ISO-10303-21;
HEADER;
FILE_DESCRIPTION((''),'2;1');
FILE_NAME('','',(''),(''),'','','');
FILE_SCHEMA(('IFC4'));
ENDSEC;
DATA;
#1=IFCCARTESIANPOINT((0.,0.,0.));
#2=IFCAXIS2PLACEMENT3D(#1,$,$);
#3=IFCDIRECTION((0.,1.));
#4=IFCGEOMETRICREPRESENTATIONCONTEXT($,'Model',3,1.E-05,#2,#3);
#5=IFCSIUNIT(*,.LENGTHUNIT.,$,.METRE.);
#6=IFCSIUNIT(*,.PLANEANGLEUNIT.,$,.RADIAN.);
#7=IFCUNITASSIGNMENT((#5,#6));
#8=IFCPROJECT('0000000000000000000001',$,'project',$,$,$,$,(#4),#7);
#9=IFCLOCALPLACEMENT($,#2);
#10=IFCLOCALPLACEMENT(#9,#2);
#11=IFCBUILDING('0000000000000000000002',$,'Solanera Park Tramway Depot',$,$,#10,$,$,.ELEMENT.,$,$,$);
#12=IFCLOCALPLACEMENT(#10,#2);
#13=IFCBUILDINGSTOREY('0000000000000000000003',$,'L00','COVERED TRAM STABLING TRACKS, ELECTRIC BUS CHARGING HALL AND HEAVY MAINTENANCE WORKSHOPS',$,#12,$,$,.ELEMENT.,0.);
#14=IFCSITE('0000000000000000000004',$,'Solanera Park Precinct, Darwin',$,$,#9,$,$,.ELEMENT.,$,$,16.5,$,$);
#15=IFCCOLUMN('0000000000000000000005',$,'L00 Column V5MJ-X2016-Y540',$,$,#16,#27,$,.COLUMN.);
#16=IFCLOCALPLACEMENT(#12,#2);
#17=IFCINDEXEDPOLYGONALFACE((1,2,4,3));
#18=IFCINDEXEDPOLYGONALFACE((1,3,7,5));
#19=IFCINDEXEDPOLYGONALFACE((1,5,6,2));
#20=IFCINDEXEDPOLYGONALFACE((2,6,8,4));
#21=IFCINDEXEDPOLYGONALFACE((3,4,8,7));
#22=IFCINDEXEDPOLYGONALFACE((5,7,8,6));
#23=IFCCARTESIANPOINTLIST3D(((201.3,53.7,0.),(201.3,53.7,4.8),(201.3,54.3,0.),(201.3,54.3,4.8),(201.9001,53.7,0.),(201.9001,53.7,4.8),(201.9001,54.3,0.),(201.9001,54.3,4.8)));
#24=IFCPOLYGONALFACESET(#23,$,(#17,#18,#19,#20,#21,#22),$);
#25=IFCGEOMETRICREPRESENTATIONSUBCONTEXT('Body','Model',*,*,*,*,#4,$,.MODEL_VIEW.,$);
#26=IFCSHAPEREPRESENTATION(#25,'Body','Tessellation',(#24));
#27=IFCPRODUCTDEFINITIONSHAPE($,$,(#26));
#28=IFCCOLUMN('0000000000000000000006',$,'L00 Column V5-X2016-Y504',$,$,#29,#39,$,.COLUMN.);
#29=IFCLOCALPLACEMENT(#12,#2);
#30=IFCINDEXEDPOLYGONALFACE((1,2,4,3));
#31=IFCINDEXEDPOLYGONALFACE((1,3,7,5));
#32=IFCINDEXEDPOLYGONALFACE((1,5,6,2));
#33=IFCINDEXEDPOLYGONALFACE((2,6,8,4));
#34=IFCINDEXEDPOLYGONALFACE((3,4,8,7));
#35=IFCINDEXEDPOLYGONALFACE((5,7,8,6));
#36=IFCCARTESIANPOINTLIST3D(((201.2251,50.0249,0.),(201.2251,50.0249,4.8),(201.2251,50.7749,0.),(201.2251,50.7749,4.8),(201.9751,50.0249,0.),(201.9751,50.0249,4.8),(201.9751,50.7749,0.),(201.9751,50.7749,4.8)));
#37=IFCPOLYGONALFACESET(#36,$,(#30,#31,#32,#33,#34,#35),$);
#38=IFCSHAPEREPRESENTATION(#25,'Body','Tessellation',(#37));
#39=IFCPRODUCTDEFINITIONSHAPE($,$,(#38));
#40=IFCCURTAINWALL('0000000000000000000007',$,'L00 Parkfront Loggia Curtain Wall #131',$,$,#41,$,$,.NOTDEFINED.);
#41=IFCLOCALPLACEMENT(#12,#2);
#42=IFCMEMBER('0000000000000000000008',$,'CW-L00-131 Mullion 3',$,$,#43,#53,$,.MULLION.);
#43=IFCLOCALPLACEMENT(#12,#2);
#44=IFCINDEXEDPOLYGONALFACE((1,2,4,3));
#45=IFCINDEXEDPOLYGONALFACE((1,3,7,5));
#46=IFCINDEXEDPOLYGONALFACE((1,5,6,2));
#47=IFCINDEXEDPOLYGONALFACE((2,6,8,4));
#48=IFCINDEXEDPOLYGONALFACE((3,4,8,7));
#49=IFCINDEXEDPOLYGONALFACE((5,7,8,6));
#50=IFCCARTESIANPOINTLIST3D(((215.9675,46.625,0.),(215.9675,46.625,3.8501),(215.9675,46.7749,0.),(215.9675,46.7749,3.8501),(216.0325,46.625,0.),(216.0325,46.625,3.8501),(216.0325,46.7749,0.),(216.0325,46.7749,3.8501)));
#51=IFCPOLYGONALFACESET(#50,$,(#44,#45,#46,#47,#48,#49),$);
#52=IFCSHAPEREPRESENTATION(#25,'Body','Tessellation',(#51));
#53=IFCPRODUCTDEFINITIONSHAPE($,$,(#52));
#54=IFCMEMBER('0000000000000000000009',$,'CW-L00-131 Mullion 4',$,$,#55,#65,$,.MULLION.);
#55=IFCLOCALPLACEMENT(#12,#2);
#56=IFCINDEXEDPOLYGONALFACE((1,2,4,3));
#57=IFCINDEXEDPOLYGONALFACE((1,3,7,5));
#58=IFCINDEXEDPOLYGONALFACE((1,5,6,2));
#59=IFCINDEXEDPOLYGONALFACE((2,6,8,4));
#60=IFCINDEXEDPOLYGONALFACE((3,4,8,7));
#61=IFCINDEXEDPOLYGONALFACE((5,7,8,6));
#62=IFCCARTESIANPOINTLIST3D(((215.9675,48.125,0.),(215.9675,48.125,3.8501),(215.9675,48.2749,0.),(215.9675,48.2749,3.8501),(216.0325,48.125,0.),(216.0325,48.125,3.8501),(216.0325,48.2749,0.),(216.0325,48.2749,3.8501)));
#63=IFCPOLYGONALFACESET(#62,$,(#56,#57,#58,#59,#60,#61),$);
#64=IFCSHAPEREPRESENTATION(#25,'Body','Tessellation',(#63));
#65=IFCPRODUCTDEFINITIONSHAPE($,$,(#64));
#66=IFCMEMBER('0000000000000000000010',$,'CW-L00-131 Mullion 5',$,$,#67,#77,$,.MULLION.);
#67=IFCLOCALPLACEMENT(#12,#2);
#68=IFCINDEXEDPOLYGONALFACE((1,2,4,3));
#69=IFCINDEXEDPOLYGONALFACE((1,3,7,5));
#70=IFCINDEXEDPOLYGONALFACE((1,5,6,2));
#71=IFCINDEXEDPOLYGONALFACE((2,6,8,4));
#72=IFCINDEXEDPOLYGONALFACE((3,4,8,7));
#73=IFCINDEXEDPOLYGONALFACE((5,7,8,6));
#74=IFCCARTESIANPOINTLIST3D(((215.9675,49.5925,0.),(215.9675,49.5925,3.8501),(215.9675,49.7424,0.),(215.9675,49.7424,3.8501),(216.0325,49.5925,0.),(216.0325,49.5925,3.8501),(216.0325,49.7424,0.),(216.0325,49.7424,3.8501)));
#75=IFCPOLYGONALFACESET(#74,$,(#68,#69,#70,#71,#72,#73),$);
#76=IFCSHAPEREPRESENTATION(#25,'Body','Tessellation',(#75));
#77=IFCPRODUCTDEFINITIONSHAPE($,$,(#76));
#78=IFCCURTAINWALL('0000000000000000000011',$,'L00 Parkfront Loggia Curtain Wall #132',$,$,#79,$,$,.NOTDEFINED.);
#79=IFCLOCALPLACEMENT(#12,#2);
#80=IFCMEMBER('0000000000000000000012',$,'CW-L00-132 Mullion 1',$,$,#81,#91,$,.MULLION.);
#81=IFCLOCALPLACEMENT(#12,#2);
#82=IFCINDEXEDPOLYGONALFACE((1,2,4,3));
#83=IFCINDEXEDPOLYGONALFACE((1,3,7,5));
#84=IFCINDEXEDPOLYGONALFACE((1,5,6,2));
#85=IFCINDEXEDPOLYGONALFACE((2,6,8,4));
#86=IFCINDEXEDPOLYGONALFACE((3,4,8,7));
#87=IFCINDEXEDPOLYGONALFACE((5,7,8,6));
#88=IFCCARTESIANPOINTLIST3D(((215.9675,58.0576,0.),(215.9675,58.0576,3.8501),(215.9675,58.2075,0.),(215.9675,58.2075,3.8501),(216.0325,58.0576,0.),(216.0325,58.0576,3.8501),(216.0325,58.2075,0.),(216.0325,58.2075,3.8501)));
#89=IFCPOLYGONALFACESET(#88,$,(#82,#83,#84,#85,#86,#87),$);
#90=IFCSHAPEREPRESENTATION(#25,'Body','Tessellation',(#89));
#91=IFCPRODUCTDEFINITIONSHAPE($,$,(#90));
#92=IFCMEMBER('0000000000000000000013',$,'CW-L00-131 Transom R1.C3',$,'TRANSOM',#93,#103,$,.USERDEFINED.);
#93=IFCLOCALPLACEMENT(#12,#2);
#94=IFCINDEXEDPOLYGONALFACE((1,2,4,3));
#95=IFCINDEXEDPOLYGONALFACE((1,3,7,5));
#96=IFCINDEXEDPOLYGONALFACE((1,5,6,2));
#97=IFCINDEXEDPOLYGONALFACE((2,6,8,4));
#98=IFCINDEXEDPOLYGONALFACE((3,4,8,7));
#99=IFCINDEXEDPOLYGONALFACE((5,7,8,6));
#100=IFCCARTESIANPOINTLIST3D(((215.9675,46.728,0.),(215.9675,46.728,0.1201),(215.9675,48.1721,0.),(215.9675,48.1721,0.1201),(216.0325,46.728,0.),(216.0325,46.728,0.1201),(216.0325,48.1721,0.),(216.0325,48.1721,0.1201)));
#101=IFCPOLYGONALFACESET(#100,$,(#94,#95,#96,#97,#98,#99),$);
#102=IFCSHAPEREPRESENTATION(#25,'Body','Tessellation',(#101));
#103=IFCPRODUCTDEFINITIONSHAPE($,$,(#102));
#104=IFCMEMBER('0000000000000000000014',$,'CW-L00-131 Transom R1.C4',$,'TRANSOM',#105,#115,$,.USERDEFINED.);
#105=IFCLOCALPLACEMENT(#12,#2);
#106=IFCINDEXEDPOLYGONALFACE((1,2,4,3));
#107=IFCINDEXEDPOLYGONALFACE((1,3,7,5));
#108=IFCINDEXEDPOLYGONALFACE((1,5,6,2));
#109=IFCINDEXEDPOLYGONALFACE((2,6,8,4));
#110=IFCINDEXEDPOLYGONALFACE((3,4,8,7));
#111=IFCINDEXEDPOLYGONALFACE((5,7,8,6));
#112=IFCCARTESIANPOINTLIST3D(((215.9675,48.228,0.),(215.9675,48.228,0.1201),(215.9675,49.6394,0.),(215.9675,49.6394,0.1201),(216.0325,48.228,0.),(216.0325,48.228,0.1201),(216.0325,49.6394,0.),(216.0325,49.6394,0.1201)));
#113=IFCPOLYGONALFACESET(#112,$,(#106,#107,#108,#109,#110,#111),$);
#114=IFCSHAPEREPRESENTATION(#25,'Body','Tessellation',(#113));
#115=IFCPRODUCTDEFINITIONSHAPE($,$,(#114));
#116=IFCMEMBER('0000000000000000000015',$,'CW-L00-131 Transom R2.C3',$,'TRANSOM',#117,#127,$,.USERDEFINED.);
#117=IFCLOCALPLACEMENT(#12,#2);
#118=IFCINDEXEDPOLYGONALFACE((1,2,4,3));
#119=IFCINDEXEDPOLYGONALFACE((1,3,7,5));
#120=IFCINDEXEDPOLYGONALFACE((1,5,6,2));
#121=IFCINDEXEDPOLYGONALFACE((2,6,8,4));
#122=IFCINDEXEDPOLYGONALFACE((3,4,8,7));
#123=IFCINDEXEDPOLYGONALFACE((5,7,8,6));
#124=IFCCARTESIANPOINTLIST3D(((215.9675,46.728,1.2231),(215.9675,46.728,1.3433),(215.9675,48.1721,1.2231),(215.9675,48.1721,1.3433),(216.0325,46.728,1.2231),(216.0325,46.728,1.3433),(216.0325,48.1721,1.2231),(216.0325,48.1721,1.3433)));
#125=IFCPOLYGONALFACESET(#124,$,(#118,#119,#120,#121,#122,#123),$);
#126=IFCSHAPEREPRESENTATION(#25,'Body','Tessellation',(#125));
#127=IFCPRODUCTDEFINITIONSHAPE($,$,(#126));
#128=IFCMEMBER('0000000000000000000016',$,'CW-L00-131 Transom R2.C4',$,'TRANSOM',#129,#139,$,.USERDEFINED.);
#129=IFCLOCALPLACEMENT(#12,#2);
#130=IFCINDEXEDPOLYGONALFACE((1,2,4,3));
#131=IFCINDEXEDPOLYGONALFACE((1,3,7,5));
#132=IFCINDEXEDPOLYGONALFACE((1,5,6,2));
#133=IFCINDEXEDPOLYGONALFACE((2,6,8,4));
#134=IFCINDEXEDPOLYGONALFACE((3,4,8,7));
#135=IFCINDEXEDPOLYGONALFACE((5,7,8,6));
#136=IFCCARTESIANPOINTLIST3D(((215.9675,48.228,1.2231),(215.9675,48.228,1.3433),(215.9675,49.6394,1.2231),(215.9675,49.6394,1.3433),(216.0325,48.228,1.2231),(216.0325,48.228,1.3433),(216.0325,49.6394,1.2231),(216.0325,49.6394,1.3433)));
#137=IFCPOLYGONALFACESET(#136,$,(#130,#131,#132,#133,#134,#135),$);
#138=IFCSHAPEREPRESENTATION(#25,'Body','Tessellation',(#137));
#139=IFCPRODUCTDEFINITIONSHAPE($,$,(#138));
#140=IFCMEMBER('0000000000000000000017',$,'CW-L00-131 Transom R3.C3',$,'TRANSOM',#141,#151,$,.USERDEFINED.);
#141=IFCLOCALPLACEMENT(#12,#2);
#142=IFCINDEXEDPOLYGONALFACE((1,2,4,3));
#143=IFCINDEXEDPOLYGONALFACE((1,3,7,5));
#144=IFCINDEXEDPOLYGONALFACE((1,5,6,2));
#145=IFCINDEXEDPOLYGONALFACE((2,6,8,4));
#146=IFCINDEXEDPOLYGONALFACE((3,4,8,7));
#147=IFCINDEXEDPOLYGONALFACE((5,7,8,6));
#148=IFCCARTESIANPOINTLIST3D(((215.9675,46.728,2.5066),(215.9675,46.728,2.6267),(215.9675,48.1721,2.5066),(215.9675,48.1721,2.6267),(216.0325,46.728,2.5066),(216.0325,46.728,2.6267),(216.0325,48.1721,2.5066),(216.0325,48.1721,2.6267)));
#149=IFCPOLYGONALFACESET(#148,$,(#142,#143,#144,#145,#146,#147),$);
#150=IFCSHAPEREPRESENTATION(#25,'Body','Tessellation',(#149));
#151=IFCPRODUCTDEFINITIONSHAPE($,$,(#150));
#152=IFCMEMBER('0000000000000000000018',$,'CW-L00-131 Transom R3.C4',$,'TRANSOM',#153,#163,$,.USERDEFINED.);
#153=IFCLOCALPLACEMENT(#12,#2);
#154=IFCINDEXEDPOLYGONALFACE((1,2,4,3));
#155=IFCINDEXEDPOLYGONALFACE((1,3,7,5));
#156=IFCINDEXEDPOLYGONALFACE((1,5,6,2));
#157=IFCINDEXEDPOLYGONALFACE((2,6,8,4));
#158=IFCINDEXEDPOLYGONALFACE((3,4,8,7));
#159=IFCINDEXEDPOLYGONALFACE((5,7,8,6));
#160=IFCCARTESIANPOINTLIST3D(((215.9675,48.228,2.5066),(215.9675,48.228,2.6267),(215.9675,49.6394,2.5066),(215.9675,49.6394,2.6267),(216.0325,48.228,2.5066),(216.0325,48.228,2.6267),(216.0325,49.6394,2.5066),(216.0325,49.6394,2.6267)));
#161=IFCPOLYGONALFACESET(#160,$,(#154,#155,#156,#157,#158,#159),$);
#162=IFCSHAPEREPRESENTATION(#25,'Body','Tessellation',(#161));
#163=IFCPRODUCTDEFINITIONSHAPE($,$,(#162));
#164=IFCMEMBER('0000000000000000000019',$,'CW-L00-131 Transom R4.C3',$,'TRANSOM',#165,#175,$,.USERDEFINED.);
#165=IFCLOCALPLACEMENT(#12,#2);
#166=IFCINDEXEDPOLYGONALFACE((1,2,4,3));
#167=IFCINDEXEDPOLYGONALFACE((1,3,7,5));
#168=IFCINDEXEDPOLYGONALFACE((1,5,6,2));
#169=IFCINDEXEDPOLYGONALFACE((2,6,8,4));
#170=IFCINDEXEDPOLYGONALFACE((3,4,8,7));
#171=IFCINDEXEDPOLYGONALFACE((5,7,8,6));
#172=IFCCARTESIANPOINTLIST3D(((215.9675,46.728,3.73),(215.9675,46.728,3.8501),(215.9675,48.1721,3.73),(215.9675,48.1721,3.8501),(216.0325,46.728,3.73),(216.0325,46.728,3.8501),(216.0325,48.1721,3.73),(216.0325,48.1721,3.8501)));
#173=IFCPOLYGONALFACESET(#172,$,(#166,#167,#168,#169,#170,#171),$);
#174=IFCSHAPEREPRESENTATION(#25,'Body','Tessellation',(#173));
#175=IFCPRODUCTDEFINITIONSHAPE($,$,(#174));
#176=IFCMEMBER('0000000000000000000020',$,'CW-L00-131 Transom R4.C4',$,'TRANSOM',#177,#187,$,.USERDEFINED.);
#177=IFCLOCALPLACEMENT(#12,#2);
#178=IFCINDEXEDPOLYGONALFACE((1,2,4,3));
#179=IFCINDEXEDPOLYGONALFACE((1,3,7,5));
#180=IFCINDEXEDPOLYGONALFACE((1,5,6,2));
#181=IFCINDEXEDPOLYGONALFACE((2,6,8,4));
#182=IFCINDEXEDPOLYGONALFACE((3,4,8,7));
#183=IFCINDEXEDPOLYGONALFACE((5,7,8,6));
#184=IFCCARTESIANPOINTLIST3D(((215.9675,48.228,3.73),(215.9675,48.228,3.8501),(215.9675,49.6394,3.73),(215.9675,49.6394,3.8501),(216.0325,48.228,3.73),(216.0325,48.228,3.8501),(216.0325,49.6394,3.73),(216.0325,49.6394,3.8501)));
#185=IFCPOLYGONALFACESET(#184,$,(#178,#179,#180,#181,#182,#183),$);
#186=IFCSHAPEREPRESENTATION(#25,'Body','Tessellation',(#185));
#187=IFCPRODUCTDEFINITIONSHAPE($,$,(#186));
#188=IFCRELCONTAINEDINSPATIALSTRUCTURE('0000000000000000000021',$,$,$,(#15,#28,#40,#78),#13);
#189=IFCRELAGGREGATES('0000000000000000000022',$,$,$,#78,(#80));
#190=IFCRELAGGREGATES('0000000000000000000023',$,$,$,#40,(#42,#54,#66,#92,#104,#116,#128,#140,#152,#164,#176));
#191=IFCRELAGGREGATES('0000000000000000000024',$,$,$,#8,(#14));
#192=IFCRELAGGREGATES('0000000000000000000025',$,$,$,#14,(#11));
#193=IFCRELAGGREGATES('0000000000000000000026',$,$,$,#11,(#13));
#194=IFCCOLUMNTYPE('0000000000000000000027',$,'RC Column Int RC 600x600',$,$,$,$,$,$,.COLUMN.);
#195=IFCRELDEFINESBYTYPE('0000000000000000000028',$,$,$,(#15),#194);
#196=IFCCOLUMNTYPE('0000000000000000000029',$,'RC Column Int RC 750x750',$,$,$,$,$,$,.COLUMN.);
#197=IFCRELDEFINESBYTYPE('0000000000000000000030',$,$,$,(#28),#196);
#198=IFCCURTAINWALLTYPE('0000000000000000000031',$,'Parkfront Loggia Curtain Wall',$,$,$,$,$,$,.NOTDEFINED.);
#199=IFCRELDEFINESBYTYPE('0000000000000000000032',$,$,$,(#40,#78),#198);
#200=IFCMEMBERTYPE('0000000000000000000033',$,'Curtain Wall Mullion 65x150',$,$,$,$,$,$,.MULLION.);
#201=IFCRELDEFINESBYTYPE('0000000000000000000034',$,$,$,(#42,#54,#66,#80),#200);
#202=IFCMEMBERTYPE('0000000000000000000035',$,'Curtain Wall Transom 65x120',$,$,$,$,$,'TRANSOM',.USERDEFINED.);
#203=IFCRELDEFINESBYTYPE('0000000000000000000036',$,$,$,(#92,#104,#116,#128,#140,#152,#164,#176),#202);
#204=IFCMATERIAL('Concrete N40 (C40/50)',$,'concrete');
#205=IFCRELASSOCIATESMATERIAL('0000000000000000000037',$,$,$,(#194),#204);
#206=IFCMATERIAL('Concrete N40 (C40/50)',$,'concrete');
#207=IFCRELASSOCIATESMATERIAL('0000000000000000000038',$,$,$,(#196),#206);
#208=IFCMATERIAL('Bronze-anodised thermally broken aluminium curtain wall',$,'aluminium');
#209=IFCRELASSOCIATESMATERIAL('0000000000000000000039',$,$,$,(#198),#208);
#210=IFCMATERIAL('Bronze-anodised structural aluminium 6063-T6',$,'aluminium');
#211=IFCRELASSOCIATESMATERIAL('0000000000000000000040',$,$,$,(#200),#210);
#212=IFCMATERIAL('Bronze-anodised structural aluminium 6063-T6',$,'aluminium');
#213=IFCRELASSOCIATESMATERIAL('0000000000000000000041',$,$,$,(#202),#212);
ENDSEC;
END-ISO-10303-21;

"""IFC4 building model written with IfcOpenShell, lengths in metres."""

from ifc_helpers import new_model, si_unit, direction, frame, origin, origin_2d, place, context, subcontext, project, spatial, rectangle, extrude, material, material_profile, profile_set, type_object, element, aggregate, save


model = new_model("IFC4")

# Units and contexts
model_context = context("Model", 3, precision=1e-05, world=origin(), true_north=direction((0.0, 1.0)))
body_context = subcontext(model_context, "Body", "Model", "MODEL_VIEW")
ifc_project = project(units=[si_unit("LENGTHUNIT", "METRE"), si_unit("PLANEANGLEUNIT", "RADIAN")], contexts=[model_context])

# Site, building, storey
site_placement = place(None, origin())
site = spatial("IfcSite", under=ifc_project, at=site_placement, Name="Solanera Park Precinct, Darwin", CompositionType="ELEMENT", RefElevation=16.5)
building_placement = place(site_placement, origin())
building = spatial("IfcBuilding", under=site, at=building_placement, Name="Solanera Park Tramway Depot", CompositionType="ELEMENT")
storey_placement = place(building_placement, origin())
storey = spatial("IfcBuildingStorey", under=building, at=storey_placement, Name="L00", Description="COVERED TRAM STABLING TRACKS, ELECTRIC BUS CHARGING HALL AND HEAVY MAINTENANCE WORKSHOPS", CompositionType="ELEMENT", Elevation=0.0)

# Columns
ifc_material_1 = material(Name="Concrete N40 (C40/50)", Category="concrete")
ifc_material_profile_1 = material_profile(ifc_material_1, rectangle(XDim=0.6001, YDim=0.6001, at=origin_2d()), Name="RC 600x600")
ifc_profile_set_1 = profile_set([ifc_material_profile_1], Name="Concrete N40 (C40/50)")
column_type_1 = type_object("IfcColumnType", Name="RC Column Int RC 600x600", PredefinedType="COLUMN", material=ifc_profile_set_1)
column_1_placement = place(storey_placement, frame((201.6001, 54.0, 0.0), z_axis=(0.0, 0.0, 1.0), x_axis=(1.0, 0.0, 0.0)))
element("IfcColumn", 1, at=column_1_placement, inside=storey, type_object=column_type_1, Name="L00 Column V5MJ-X2016-Y540", PredefinedType="COLUMN", context=body_context, shape_type="SweptSolid", body=[
    extrude(rectangle(XDim=0.6001, YDim=0.6001, at=origin_2d()), origin(), (0.0, 0.0, 1.0), 4.8),
])
ifc_material_2 = material(Name="Concrete N40 (C40/50)", Category="concrete")
ifc_material_profile_2 = material_profile(ifc_material_2, rectangle(XDim=0.75, YDim=0.75, at=origin_2d()), Name="RC 750x750")
ifc_profile_set_2 = profile_set([ifc_material_profile_2], Name="Concrete N40 (C40/50)")
column_type_2 = type_object("IfcColumnType", Name="RC Column Int RC 750x750", PredefinedType="COLUMN", material=ifc_profile_set_2)
column_2_placement = place(storey_placement, frame((201.6001, 50.3999, 0.0), z_axis=(0.0, 0.0, 1.0), x_axis=(1.0, 0.0, 0.0)))
element("IfcColumn", 2, at=column_2_placement, inside=storey, type_object=column_type_2, Name="L00 Column V5-X2016-Y504", PredefinedType="COLUMN", context=body_context, shape_type="SweptSolid", body=[
    extrude(rectangle(XDim=0.75, YDim=0.75, at=origin_2d()), origin(), (0.0, 0.0, 1.0), 4.8),
])

# Curtain wall, members
ifc_material_3 = material(Name="Bronze-anodised thermally broken aluminium curtain wall", Category="aluminium")
curtain_wall_type = type_object("IfcCurtainWallType", Name="Parkfront Loggia Curtain Wall", PredefinedType="NOTDEFINED", material=ifc_material_3)
curtain_wall_1_placement = place(storey_placement, origin())
curtain_wall_1 = element("IfcCurtainWall", 3, at=curtain_wall_1_placement, inside=storey, type_object=curtain_wall_type, Name="L00 Parkfront Loggia Curtain Wall #131", PredefinedType="NOTDEFINED")
ifc_material_4 = material(Name="Bronze-anodised structural aluminium 6063-T6", Category="aluminium")
ifc_material_profile_3 = material_profile(ifc_material_4, rectangle(XDim=0.0649, YDim=0.1499, at=origin_2d()), Name="Curtain Wall Mullion 65x150")
ifc_profile_set_3 = profile_set([ifc_material_profile_3], Name="Bronze-anodised structural aluminium 6063-T6")
member_type_1 = type_object("IfcMemberType", Name="Curtain Wall Mullion 65x150", PredefinedType="MULLION", material=ifc_profile_set_3)
member_1_placement = place(storey_placement, frame((216.0, 46.7, 0.0), z_axis=(0.0, 0.0, 1.0), x_axis=(1.0, 0.0, 0.0)))
member_1 = element("IfcMember", 4, at=member_1_placement, type_object=member_type_1, Name="CW-L00-131 Mullion 3", PredefinedType="MULLION", context=body_context, shape_type="SweptSolid", body=[
    extrude(rectangle(XDim=0.0649, YDim=0.1499, at=origin_2d()), origin(), (0.0, 0.0, 1.0), 3.8501),
])
member_2_placement = place(storey_placement, frame((216.0, 48.2, 0.0), z_axis=(0.0, 0.0, 1.0), x_axis=(1.0, 0.0, 0.0)))
member_2 = element("IfcMember", 5, at=member_2_placement, type_object=member_type_1, Name="CW-L00-131 Mullion 4", PredefinedType="MULLION", context=body_context, shape_type="SweptSolid", body=[
    extrude(rectangle(XDim=0.0649, YDim=0.1499, at=origin_2d()), origin(), (0.0, 0.0, 1.0), 3.8501),
])
member_3_placement = place(storey_placement, frame((216.0, 49.6675, 0.0), z_axis=(0.0, 0.0, 1.0), x_axis=(1.0, 0.0, 0.0)))
member_3 = element("IfcMember", 6, at=member_3_placement, type_object=member_type_1, Name="CW-L00-131 Mullion 5", PredefinedType="MULLION", context=body_context, shape_type="SweptSolid", body=[
    extrude(rectangle(XDim=0.0649, YDim=0.1499, at=origin_2d()), origin(), (0.0, 0.0, 1.0), 3.8501),
])

# Curtain wall, member
curtain_wall_2_placement = place(storey_placement, origin())
curtain_wall_2 = element("IfcCurtainWall", 7, at=curtain_wall_2_placement, inside=storey, type_object=curtain_wall_type, Name="L00 Parkfront Loggia Curtain Wall #132", PredefinedType="NOTDEFINED")
member_4_placement = place(storey_placement, frame((216.0, 58.1326, 0.0), z_axis=(0.0, 0.0, 1.0), x_axis=(1.0, 0.0, 0.0)))
member_4 = element("IfcMember", 8, at=member_4_placement, type_object=member_type_1, Name="CW-L00-132 Mullion 1", PredefinedType="MULLION", context=body_context, shape_type="SweptSolid", body=[
    extrude(rectangle(XDim=0.0649, YDim=0.1499, at=origin_2d()), origin(), (0.0, 0.0, 1.0), 3.8501),
])

# Members
ifc_material_5 = material(Name="Bronze-anodised structural aluminium 6063-T6", Category="aluminium")
ifc_material_profile_4 = material_profile(ifc_material_5, rectangle(XDim=0.0649, YDim=0.1201, at=origin_2d()), Name="Curtain Wall Transom 65x120")
ifc_profile_set_4 = profile_set([ifc_material_profile_4], Name="Bronze-anodised structural aluminium 6063-T6")
member_type_2 = type_object("IfcMemberType", Name="Curtain Wall Transom 65x120", ElementType="TRANSOM", PredefinedType="USERDEFINED", material=ifc_profile_set_4)
member_5_placement = place(storey_placement, frame((216.0, 46.728, 0.0601), z_axis=(0.0, 1.0, 0.0), x_axis=(-1.0, 0.0, 0.0)))
member_5 = element("IfcMember", 9, at=member_5_placement, type_object=member_type_2, Name="CW-L00-131 Transom R1.C3", ObjectType="TRANSOM", PredefinedType="USERDEFINED", context=body_context, shape_type="SweptSolid", body=[
    extrude(rectangle(XDim=0.0649, YDim=0.1201, at=origin_2d()), origin(), (0.0, 0.0, 1.0), 1.4441),
])
member_6_placement = place(storey_placement, frame((216.0, 48.228, 0.0601), z_axis=(0.0, 1.0, 0.0), x_axis=(-1.0, 0.0, 0.0)))
member_6 = element("IfcMember", 10, at=member_6_placement, type_object=member_type_2, Name="CW-L00-131 Transom R1.C4", ObjectType="TRANSOM", PredefinedType="USERDEFINED", context=body_context, shape_type="SweptSolid", body=[
    extrude(rectangle(XDim=0.0649, YDim=0.1201, at=origin_2d()), origin(), (0.0, 0.0, 1.0), 1.4114),
])
member_7_placement = place(storey_placement, frame((216.0, 46.728, 1.2832), z_axis=(0.0, 1.0, 0.0), x_axis=(-1.0, 0.0, 0.0)))
member_7 = element("IfcMember", 11, at=member_7_placement, type_object=member_type_2, Name="CW-L00-131 Transom R2.C3", ObjectType="TRANSOM", PredefinedType="USERDEFINED", context=body_context, shape_type="SweptSolid", body=[
    extrude(rectangle(XDim=0.0649, YDim=0.1201, at=origin_2d()), origin(), (0.0, 0.0, 1.0), 1.4441),
])
member_8_placement = place(storey_placement, frame((216.0, 48.228, 1.2832), z_axis=(0.0, 1.0, 0.0), x_axis=(-1.0, 0.0, 0.0)))
member_8 = element("IfcMember", 12, at=member_8_placement, type_object=member_type_2, Name="CW-L00-131 Transom R2.C4", ObjectType="TRANSOM", PredefinedType="USERDEFINED", context=body_context, shape_type="SweptSolid", body=[
    extrude(rectangle(XDim=0.0649, YDim=0.1201, at=origin_2d()), origin(), (0.0, 0.0, 1.0), 1.4114),
])
member_9_placement = place(storey_placement, frame((216.0, 46.728, 2.5667), z_axis=(0.0, 1.0, 0.0), x_axis=(-1.0, 0.0, 0.0)))
member_9 = element("IfcMember", 13, at=member_9_placement, type_object=member_type_2, Name="CW-L00-131 Transom R3.C3", ObjectType="TRANSOM", PredefinedType="USERDEFINED", context=body_context, shape_type="SweptSolid", body=[
    extrude(rectangle(XDim=0.0649, YDim=0.1201, at=origin_2d()), origin(), (0.0, 0.0, 1.0), 1.4441),
])
member_10_placement = place(storey_placement, frame((216.0, 48.228, 2.5667), z_axis=(0.0, 1.0, 0.0), x_axis=(-1.0, 0.0, 0.0)))
member_10 = element("IfcMember", 14, at=member_10_placement, type_object=member_type_2, Name="CW-L00-131 Transom R3.C4", ObjectType="TRANSOM", PredefinedType="USERDEFINED", context=body_context, shape_type="SweptSolid", body=[
    extrude(rectangle(XDim=0.0649, YDim=0.1201, at=origin_2d()), origin(), (0.0, 0.0, 1.0), 1.4114),
])
member_11_placement = place(storey_placement, frame((216.0, 46.728, 3.79), z_axis=(0.0, 1.0, 0.0), x_axis=(-1.0, 0.0, 0.0)))
member_11 = element("IfcMember", 15, at=member_11_placement, type_object=member_type_2, Name="CW-L00-131 Transom R4.C3", ObjectType="TRANSOM", PredefinedType="USERDEFINED", context=body_context, shape_type="SweptSolid", body=[
    extrude(rectangle(XDim=0.0649, YDim=0.1201, at=origin_2d()), origin(), (0.0, 0.0, 1.0), 1.4441),
])
member_12_placement = place(storey_placement, frame((216.0, 48.228, 3.79), z_axis=(0.0, 1.0, 0.0), x_axis=(-1.0, 0.0, 0.0)))
member_12 = element("IfcMember", 16, at=member_12_placement, type_object=member_type_2, Name="CW-L00-131 Transom R4.C4", ObjectType="TRANSOM", PredefinedType="USERDEFINED", context=body_context, shape_type="SweptSolid", body=[
    extrude(rectangle(XDim=0.0649, YDim=0.1201, at=origin_2d()), origin(), (0.0, 0.0, 1.0), 1.4114),
])
aggregate(curtain_wall_2, [member_4])

aggregate(curtain_wall_1, [member_1, member_2, member_3, member_5, member_6, member_7, member_8, member_9, member_10, member_11, member_12])

save(model, "model.ifc")
